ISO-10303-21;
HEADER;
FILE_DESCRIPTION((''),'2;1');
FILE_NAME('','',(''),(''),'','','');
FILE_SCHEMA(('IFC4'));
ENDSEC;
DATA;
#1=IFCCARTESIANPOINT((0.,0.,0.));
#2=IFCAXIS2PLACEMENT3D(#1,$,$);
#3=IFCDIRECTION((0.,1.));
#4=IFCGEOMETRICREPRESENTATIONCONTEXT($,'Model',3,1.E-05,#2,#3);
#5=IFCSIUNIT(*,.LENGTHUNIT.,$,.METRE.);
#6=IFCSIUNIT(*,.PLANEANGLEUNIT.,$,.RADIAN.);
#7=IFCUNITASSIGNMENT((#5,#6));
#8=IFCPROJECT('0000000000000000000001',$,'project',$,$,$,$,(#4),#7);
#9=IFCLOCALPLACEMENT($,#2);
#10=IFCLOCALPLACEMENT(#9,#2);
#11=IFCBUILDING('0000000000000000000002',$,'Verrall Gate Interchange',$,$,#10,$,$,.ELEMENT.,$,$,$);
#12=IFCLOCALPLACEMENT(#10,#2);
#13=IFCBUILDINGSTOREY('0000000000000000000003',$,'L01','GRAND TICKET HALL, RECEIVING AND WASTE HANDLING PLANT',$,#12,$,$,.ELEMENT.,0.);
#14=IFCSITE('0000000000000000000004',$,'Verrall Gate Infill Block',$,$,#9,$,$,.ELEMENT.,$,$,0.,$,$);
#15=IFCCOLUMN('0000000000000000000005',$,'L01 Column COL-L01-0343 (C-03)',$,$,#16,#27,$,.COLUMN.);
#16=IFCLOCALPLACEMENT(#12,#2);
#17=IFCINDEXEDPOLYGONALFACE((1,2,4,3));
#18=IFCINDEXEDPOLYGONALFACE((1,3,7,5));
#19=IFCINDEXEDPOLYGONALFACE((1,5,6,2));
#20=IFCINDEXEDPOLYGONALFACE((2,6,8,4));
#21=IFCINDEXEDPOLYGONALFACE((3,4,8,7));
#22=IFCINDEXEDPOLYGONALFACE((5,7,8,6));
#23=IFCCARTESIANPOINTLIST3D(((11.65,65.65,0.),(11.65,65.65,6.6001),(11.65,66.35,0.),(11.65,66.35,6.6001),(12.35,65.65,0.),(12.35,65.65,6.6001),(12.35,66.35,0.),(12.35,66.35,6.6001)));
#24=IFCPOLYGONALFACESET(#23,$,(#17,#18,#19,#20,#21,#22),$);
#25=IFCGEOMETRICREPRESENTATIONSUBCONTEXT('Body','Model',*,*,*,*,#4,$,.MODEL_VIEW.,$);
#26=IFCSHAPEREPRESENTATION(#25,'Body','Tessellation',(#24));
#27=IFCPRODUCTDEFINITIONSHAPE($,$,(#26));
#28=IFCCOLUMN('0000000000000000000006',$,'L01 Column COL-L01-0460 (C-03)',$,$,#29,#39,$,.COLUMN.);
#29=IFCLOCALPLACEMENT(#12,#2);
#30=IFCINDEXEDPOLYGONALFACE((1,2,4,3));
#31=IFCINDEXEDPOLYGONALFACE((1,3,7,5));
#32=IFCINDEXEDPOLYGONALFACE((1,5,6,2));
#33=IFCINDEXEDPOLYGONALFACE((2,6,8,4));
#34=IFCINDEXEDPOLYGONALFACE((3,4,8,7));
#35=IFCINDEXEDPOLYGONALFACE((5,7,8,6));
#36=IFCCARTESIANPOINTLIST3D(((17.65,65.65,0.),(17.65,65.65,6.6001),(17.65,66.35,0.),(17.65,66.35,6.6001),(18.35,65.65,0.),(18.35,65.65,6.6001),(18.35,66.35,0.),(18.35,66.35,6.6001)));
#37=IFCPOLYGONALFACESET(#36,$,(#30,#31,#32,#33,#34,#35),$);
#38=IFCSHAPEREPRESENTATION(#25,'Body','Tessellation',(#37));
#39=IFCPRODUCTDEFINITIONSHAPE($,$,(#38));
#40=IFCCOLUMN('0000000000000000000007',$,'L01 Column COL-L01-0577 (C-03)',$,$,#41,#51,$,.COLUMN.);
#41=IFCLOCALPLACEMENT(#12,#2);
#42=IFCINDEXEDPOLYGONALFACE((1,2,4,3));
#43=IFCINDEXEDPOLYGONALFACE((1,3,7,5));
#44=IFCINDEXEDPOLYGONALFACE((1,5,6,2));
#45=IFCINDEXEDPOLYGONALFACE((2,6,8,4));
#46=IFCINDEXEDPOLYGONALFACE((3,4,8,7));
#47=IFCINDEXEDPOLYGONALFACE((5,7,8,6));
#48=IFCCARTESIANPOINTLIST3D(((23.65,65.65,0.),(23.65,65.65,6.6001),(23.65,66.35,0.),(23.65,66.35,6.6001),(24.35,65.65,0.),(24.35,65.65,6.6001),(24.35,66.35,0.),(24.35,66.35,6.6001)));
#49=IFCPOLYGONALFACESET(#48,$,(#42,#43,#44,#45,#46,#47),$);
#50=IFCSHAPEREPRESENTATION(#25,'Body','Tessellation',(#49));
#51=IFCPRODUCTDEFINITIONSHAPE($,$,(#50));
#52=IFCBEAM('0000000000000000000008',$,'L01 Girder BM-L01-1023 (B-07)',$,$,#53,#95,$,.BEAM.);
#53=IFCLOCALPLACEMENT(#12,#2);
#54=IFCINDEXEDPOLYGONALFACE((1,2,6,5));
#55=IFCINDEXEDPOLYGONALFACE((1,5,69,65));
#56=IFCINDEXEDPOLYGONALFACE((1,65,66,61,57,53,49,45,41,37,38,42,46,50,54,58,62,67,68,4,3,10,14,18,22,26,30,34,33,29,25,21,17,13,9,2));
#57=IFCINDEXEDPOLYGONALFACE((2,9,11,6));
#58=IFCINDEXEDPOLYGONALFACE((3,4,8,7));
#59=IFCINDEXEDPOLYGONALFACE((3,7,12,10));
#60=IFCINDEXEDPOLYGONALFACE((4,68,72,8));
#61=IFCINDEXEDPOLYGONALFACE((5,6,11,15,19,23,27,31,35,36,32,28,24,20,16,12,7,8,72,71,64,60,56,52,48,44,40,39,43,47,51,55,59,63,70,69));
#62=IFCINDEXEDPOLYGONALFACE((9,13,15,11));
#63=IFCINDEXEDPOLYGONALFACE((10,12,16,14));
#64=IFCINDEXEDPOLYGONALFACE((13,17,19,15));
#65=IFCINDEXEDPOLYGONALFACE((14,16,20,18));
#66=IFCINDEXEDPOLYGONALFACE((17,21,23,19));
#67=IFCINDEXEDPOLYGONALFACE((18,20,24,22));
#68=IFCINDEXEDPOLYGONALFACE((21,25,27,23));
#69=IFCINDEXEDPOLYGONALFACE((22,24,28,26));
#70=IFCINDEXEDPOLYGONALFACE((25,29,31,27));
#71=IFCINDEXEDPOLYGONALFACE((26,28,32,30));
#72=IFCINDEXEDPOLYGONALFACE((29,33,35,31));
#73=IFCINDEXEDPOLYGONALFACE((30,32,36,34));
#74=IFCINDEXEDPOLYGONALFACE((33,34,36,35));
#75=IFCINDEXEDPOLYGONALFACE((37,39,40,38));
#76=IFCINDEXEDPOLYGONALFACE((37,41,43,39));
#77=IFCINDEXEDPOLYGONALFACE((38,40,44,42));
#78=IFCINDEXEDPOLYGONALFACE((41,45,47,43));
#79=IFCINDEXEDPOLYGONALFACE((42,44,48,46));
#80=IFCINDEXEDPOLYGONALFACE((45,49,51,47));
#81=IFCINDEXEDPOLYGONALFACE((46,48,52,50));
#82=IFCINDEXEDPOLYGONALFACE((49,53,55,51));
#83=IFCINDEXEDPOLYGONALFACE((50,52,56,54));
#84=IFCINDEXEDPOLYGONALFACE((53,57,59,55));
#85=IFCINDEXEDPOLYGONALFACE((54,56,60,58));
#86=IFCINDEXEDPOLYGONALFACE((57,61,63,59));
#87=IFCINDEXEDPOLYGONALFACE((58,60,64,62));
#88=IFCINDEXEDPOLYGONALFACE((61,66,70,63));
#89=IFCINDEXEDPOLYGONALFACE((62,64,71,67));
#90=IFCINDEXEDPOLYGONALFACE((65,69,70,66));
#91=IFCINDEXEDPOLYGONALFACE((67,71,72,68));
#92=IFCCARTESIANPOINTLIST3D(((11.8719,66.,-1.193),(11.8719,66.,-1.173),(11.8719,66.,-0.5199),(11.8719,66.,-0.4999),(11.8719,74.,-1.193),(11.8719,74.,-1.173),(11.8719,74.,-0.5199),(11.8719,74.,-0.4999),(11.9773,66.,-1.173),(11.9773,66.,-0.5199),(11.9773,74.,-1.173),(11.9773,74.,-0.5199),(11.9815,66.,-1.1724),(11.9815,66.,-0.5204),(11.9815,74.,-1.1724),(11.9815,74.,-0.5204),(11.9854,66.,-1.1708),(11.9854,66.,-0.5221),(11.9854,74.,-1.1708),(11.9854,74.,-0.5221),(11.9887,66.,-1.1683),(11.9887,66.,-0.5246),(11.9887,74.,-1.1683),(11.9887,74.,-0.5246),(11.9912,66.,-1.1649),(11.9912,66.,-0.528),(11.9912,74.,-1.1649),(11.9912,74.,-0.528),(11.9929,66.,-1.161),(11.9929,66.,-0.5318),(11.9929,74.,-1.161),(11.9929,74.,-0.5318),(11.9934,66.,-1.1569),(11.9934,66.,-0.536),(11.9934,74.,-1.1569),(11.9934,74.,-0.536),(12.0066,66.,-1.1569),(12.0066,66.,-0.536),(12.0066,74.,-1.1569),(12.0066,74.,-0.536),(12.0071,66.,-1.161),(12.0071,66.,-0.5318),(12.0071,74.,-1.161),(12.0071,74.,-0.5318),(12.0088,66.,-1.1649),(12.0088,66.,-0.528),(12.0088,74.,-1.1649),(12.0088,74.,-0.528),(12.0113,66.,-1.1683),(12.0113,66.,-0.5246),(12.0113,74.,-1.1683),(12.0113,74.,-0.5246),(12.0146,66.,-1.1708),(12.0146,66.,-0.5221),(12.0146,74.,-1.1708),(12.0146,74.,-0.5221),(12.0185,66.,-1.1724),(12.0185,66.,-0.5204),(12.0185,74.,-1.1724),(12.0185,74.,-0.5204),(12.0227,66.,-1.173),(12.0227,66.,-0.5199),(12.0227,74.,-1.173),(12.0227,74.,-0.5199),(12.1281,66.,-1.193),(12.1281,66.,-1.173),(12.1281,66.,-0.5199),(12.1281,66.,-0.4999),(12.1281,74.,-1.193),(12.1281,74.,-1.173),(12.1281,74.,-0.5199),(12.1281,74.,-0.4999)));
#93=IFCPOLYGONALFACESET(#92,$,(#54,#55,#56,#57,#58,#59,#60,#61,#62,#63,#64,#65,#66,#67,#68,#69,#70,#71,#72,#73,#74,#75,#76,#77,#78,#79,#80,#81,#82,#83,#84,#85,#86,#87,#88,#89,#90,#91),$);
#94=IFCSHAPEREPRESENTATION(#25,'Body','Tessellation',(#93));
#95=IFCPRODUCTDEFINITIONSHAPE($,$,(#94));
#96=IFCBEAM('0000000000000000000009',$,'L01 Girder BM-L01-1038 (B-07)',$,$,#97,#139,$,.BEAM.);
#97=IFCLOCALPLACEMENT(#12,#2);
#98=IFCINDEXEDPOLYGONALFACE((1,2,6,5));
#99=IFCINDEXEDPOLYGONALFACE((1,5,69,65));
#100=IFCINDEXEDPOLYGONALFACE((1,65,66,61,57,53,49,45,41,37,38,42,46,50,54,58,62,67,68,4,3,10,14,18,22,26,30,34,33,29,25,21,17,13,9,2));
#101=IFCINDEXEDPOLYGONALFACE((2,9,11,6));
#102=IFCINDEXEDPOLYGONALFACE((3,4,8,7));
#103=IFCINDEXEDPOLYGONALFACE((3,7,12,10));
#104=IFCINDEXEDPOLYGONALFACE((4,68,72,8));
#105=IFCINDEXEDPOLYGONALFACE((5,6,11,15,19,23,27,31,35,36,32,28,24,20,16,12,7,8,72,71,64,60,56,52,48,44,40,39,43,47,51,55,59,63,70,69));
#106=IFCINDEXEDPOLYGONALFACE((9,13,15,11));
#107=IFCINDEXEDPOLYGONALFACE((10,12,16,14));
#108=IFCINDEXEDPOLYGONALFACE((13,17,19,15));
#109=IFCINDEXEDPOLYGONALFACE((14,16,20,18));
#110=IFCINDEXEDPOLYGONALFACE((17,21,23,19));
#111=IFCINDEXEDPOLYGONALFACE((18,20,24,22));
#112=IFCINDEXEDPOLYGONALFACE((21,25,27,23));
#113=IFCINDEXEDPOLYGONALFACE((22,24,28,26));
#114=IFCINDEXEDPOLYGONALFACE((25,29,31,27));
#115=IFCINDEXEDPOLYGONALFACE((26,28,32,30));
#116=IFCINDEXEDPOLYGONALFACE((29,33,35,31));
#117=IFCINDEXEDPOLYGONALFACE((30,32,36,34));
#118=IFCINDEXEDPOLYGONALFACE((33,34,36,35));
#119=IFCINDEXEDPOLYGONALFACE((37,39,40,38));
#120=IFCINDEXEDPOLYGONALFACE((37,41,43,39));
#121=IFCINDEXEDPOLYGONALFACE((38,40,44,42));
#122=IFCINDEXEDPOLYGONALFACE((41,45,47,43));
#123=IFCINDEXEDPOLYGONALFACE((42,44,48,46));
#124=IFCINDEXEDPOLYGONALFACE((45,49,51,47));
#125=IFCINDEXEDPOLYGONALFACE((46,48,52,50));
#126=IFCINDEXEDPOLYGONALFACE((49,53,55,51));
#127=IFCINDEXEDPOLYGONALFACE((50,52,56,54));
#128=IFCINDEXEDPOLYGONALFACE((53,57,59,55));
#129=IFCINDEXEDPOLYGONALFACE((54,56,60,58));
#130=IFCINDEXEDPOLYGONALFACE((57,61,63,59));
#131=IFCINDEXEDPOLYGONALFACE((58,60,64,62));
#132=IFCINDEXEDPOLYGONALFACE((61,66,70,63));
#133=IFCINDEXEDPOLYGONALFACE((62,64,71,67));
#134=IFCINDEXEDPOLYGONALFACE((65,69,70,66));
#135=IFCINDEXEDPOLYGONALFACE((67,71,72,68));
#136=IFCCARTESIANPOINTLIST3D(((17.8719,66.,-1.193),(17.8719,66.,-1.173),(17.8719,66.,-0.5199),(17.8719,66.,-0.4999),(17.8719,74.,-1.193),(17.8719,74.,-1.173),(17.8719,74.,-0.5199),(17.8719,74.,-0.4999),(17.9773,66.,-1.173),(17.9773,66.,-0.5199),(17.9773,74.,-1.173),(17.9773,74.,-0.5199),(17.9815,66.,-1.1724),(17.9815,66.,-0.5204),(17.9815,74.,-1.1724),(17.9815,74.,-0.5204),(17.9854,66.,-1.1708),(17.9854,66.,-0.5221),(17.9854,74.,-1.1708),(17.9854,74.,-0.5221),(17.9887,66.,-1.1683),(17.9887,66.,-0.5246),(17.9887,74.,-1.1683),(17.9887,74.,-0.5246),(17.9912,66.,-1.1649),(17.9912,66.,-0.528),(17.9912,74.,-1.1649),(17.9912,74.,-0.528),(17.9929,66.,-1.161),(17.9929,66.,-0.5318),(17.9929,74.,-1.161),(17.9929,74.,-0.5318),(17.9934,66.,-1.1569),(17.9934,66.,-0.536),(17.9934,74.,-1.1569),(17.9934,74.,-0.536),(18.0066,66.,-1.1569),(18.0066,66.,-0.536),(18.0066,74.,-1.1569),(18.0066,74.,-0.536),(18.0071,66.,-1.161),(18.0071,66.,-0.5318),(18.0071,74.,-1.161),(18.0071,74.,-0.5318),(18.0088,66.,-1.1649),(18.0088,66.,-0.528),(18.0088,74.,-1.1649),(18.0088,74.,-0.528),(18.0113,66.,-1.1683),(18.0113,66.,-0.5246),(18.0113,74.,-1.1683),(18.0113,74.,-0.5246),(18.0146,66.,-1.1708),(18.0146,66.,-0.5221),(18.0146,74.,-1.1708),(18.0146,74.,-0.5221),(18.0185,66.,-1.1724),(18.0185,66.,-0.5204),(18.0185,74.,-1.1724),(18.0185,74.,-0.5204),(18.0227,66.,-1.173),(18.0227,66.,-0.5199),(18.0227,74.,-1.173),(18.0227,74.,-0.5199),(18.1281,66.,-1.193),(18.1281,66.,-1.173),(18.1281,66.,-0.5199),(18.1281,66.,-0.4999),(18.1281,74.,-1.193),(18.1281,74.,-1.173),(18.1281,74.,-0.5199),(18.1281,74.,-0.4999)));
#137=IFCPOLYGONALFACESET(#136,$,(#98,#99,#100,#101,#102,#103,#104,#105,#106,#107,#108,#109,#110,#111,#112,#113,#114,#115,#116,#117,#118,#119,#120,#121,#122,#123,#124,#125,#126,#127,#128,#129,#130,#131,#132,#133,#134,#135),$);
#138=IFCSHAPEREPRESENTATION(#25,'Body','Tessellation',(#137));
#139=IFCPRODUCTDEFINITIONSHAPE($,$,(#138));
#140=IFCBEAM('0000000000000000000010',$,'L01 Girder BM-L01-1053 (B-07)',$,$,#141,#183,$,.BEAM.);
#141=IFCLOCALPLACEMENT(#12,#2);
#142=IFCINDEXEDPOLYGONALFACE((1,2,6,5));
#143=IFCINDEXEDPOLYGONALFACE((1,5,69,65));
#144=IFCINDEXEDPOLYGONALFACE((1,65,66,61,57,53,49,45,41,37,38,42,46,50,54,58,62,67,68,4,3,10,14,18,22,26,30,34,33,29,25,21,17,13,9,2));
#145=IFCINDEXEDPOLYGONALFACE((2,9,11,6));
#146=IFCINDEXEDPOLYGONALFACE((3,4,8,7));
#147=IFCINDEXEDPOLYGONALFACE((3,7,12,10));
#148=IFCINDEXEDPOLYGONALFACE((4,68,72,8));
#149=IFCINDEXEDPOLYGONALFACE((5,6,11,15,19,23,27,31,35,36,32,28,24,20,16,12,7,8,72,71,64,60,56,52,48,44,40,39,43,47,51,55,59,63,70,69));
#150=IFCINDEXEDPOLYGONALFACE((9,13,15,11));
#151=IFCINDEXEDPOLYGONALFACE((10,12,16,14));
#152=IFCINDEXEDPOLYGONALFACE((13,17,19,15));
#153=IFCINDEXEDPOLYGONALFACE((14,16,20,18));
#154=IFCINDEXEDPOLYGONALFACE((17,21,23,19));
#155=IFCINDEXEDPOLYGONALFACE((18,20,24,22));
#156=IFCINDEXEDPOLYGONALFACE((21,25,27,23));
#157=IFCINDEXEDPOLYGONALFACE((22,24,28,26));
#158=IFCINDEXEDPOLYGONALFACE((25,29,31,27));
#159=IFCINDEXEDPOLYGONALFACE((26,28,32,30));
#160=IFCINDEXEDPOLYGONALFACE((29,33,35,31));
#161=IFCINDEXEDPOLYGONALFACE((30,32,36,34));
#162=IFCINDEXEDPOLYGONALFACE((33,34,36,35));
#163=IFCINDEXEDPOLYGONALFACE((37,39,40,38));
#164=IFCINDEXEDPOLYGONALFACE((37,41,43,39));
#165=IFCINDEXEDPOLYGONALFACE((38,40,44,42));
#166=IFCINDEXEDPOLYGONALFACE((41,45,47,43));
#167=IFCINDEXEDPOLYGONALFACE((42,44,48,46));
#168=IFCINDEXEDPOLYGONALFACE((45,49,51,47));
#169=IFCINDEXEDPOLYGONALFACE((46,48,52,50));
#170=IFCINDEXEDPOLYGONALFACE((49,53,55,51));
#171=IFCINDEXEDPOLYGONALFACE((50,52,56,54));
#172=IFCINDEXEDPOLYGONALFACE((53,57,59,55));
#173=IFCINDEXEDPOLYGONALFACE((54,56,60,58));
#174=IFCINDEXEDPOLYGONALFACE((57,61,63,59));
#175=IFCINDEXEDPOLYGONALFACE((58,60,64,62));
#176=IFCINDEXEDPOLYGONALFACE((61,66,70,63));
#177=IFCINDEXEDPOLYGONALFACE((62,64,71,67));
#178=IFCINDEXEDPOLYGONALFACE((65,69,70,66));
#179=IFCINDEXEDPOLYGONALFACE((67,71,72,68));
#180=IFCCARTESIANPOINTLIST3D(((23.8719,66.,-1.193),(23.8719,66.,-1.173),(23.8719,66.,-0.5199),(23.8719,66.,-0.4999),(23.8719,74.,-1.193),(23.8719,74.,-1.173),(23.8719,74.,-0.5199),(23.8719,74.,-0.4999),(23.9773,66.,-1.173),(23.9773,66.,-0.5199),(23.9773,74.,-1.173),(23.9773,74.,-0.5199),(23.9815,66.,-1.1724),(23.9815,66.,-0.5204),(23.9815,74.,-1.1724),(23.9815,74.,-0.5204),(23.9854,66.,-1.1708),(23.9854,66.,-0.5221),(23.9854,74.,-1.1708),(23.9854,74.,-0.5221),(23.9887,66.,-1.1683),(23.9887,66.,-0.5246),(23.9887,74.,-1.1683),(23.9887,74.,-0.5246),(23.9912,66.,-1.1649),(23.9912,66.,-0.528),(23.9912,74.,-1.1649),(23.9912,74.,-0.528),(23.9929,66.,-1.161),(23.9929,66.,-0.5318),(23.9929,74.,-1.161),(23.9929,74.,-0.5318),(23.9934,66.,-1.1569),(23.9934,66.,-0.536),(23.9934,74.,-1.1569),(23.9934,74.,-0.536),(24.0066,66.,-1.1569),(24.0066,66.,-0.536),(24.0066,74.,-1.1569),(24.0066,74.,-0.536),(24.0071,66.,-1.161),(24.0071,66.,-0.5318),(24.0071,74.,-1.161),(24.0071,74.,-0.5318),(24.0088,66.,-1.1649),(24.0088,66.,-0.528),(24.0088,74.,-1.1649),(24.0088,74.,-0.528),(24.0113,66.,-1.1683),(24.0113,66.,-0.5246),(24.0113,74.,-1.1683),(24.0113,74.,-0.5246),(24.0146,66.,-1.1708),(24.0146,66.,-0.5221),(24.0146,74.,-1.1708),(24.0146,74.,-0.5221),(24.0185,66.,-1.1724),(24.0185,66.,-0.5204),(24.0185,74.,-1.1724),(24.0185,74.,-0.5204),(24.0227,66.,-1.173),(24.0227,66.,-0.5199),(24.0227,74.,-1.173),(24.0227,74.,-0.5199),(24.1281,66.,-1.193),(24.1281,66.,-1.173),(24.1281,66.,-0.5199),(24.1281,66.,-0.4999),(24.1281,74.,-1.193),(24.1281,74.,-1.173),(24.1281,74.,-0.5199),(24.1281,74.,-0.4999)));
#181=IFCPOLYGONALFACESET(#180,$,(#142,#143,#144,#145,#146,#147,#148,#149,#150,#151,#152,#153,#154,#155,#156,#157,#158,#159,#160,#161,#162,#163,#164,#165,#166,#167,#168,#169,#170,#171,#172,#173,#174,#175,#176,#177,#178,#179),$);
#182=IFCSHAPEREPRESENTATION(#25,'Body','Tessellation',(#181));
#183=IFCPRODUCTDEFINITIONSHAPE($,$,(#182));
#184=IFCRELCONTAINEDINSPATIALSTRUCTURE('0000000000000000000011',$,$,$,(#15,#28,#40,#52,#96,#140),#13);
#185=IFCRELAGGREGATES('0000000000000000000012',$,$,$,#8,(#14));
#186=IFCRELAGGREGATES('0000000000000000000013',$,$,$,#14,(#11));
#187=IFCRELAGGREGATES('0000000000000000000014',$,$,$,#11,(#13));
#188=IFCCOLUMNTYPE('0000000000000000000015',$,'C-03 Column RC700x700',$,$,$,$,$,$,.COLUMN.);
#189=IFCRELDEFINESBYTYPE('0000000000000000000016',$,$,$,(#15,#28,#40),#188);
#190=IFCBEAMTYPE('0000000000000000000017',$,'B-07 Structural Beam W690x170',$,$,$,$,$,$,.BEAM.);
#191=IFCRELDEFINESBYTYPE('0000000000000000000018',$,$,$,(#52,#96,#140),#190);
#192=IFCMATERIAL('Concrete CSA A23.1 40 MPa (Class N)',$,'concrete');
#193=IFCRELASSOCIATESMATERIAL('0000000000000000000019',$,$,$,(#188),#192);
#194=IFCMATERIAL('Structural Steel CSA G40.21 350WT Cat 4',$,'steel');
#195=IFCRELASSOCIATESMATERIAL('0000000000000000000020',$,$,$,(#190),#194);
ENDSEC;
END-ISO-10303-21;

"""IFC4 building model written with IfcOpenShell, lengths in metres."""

from ifc_helpers import new_model, si_unit, direction, frame, origin, origin_2d, place, context, subcontext, project, spatial, rectangle, i_section, extrude, material, material_profile, profile_set, type_object, element, save


model = new_model("IFC4")

# Units and contexts
model_context = context("Model", 3, precision=1e-05, world=origin(), true_north=direction((0.0, 1.0)))
body_context = subcontext(model_context, "Body", "Model", "MODEL_VIEW")
ifc_project = project(units=[si_unit("LENGTHUNIT", "METRE"), si_unit("PLANEANGLEUNIT", "RADIAN")], contexts=[model_context])

# Site, building, storey
site_placement = place(None, origin())
site = spatial("IfcSite", under=ifc_project, at=site_placement, Name="Verrall Gate Infill Block", CompositionType="ELEMENT", RefElevation=0.0)
building_placement = place(site_placement, origin())
building = spatial("IfcBuilding", under=site, at=building_placement, Name="Verrall Gate Interchange", CompositionType="ELEMENT")
storey_placement = place(building_placement, origin())
storey = spatial("IfcBuildingStorey", under=building, at=storey_placement, Name="L01", Description="GRAND TICKET HALL, RECEIVING AND WASTE HANDLING PLANT", CompositionType="ELEMENT", Elevation=0.0)

# Columns
ifc_material_1 = material(Name="Concrete CSA A23.1 40 MPa (Class N)", Category="concrete")
ifc_material_profile_1 = material_profile(ifc_material_1, rectangle(XDim=0.7, YDim=0.7, at=origin_2d()), Name="RC700x700")
ifc_profile_set_1 = profile_set([ifc_material_profile_1], Name="Concrete CSA A23.1 40 MPa (Class N)")
column_type = type_object("IfcColumnType", Name="C-03 Column RC700x700", PredefinedType="COLUMN", material=ifc_profile_set_1)
for number, where, z_axis, x_axis, name in (
    (1, (12.0, 66.0, 0.0), (0.0, 0.0, 1.0), (1.0, 0.0, 0.0), "L01 Column COL-L01-0343 (C-03)"),
    (2, (18.0, 66.0, 0.0), (0.0, 0.0, 1.0), (1.0, 0.0, 0.0), "L01 Column COL-L01-0460 (C-03)"),
    (3, (24.0, 66.0, 0.0), (0.0, 0.0, 1.0), (1.0, 0.0, 0.0), "L01 Column COL-L01-0577 (C-03)"),
):
    element("IfcColumn", number, at=place(storey_placement, frame(where, z_axis=z_axis, x_axis=x_axis)), inside=storey, type_object=column_type, Name=name, PredefinedType="COLUMN", context=body_context, shape_type="SweptSolid", body=[
        extrude(rectangle(XDim=0.7, YDim=0.7, at=origin_2d()), origin(), (0.0, 0.0, 1.0), 6.6001),
    ])

# Beams
ifc_material_2 = material(Name="Structural Steel CSA G40.21 350WT Cat 4", Category="steel")
ifc_material_profile_2 = material_profile(ifc_material_2, i_section(OverallWidth=0.2561, OverallDepth=0.6931, WebThickness=0.0132, FlangeThickness=0.02, FilletRadius=0.0161, at=origin_2d()), Name="W690x170")
ifc_profile_set_2 = profile_set([ifc_material_profile_2], Name="Structural Steel CSA G40.21 350WT Cat 4")
beam_type_1 = type_object("IfcBeamType", Name="B-07 Structural Beam W690x170", PredefinedType="BEAM", material=ifc_profile_set_2)
for number, where, z_axis, x_axis, name in (
    (4, (12.0, 66.0, -0.8464), (0.0, 1.0, 0.0), (-1.0, 0.0, 0.0), "L01 Girder BM-L01-1023 (B-07)"),
    (5, (18.0, 66.0, -0.8464), (0.0, 1.0, 0.0), (-1.0, 0.0, 0.0), "L01 Girder BM-L01-1038 (B-07)"),
    (6, (24.0, 66.0, -0.8464), (0.0, 1.0, 0.0), (-1.0, 0.0, 0.0), "L01 Girder BM-L01-1053 (B-07)"),
):
    element("IfcBeam", number, at=place(storey_placement, frame(where, z_axis=z_axis, x_axis=x_axis)), inside=storey, type_object=beam_type_1, Name=name, PredefinedType="BEAM", context=body_context, shape_type="SweptSolid", body=[
        extrude(i_section(OverallWidth=0.2561, OverallDepth=0.6931, WebThickness=0.0132, FlangeThickness=0.02, FilletRadius=0.0161, at=origin_2d()), origin(), (0.0, 0.0, 1.0), 8.0),
    ])

save(model, "model.ifc")
